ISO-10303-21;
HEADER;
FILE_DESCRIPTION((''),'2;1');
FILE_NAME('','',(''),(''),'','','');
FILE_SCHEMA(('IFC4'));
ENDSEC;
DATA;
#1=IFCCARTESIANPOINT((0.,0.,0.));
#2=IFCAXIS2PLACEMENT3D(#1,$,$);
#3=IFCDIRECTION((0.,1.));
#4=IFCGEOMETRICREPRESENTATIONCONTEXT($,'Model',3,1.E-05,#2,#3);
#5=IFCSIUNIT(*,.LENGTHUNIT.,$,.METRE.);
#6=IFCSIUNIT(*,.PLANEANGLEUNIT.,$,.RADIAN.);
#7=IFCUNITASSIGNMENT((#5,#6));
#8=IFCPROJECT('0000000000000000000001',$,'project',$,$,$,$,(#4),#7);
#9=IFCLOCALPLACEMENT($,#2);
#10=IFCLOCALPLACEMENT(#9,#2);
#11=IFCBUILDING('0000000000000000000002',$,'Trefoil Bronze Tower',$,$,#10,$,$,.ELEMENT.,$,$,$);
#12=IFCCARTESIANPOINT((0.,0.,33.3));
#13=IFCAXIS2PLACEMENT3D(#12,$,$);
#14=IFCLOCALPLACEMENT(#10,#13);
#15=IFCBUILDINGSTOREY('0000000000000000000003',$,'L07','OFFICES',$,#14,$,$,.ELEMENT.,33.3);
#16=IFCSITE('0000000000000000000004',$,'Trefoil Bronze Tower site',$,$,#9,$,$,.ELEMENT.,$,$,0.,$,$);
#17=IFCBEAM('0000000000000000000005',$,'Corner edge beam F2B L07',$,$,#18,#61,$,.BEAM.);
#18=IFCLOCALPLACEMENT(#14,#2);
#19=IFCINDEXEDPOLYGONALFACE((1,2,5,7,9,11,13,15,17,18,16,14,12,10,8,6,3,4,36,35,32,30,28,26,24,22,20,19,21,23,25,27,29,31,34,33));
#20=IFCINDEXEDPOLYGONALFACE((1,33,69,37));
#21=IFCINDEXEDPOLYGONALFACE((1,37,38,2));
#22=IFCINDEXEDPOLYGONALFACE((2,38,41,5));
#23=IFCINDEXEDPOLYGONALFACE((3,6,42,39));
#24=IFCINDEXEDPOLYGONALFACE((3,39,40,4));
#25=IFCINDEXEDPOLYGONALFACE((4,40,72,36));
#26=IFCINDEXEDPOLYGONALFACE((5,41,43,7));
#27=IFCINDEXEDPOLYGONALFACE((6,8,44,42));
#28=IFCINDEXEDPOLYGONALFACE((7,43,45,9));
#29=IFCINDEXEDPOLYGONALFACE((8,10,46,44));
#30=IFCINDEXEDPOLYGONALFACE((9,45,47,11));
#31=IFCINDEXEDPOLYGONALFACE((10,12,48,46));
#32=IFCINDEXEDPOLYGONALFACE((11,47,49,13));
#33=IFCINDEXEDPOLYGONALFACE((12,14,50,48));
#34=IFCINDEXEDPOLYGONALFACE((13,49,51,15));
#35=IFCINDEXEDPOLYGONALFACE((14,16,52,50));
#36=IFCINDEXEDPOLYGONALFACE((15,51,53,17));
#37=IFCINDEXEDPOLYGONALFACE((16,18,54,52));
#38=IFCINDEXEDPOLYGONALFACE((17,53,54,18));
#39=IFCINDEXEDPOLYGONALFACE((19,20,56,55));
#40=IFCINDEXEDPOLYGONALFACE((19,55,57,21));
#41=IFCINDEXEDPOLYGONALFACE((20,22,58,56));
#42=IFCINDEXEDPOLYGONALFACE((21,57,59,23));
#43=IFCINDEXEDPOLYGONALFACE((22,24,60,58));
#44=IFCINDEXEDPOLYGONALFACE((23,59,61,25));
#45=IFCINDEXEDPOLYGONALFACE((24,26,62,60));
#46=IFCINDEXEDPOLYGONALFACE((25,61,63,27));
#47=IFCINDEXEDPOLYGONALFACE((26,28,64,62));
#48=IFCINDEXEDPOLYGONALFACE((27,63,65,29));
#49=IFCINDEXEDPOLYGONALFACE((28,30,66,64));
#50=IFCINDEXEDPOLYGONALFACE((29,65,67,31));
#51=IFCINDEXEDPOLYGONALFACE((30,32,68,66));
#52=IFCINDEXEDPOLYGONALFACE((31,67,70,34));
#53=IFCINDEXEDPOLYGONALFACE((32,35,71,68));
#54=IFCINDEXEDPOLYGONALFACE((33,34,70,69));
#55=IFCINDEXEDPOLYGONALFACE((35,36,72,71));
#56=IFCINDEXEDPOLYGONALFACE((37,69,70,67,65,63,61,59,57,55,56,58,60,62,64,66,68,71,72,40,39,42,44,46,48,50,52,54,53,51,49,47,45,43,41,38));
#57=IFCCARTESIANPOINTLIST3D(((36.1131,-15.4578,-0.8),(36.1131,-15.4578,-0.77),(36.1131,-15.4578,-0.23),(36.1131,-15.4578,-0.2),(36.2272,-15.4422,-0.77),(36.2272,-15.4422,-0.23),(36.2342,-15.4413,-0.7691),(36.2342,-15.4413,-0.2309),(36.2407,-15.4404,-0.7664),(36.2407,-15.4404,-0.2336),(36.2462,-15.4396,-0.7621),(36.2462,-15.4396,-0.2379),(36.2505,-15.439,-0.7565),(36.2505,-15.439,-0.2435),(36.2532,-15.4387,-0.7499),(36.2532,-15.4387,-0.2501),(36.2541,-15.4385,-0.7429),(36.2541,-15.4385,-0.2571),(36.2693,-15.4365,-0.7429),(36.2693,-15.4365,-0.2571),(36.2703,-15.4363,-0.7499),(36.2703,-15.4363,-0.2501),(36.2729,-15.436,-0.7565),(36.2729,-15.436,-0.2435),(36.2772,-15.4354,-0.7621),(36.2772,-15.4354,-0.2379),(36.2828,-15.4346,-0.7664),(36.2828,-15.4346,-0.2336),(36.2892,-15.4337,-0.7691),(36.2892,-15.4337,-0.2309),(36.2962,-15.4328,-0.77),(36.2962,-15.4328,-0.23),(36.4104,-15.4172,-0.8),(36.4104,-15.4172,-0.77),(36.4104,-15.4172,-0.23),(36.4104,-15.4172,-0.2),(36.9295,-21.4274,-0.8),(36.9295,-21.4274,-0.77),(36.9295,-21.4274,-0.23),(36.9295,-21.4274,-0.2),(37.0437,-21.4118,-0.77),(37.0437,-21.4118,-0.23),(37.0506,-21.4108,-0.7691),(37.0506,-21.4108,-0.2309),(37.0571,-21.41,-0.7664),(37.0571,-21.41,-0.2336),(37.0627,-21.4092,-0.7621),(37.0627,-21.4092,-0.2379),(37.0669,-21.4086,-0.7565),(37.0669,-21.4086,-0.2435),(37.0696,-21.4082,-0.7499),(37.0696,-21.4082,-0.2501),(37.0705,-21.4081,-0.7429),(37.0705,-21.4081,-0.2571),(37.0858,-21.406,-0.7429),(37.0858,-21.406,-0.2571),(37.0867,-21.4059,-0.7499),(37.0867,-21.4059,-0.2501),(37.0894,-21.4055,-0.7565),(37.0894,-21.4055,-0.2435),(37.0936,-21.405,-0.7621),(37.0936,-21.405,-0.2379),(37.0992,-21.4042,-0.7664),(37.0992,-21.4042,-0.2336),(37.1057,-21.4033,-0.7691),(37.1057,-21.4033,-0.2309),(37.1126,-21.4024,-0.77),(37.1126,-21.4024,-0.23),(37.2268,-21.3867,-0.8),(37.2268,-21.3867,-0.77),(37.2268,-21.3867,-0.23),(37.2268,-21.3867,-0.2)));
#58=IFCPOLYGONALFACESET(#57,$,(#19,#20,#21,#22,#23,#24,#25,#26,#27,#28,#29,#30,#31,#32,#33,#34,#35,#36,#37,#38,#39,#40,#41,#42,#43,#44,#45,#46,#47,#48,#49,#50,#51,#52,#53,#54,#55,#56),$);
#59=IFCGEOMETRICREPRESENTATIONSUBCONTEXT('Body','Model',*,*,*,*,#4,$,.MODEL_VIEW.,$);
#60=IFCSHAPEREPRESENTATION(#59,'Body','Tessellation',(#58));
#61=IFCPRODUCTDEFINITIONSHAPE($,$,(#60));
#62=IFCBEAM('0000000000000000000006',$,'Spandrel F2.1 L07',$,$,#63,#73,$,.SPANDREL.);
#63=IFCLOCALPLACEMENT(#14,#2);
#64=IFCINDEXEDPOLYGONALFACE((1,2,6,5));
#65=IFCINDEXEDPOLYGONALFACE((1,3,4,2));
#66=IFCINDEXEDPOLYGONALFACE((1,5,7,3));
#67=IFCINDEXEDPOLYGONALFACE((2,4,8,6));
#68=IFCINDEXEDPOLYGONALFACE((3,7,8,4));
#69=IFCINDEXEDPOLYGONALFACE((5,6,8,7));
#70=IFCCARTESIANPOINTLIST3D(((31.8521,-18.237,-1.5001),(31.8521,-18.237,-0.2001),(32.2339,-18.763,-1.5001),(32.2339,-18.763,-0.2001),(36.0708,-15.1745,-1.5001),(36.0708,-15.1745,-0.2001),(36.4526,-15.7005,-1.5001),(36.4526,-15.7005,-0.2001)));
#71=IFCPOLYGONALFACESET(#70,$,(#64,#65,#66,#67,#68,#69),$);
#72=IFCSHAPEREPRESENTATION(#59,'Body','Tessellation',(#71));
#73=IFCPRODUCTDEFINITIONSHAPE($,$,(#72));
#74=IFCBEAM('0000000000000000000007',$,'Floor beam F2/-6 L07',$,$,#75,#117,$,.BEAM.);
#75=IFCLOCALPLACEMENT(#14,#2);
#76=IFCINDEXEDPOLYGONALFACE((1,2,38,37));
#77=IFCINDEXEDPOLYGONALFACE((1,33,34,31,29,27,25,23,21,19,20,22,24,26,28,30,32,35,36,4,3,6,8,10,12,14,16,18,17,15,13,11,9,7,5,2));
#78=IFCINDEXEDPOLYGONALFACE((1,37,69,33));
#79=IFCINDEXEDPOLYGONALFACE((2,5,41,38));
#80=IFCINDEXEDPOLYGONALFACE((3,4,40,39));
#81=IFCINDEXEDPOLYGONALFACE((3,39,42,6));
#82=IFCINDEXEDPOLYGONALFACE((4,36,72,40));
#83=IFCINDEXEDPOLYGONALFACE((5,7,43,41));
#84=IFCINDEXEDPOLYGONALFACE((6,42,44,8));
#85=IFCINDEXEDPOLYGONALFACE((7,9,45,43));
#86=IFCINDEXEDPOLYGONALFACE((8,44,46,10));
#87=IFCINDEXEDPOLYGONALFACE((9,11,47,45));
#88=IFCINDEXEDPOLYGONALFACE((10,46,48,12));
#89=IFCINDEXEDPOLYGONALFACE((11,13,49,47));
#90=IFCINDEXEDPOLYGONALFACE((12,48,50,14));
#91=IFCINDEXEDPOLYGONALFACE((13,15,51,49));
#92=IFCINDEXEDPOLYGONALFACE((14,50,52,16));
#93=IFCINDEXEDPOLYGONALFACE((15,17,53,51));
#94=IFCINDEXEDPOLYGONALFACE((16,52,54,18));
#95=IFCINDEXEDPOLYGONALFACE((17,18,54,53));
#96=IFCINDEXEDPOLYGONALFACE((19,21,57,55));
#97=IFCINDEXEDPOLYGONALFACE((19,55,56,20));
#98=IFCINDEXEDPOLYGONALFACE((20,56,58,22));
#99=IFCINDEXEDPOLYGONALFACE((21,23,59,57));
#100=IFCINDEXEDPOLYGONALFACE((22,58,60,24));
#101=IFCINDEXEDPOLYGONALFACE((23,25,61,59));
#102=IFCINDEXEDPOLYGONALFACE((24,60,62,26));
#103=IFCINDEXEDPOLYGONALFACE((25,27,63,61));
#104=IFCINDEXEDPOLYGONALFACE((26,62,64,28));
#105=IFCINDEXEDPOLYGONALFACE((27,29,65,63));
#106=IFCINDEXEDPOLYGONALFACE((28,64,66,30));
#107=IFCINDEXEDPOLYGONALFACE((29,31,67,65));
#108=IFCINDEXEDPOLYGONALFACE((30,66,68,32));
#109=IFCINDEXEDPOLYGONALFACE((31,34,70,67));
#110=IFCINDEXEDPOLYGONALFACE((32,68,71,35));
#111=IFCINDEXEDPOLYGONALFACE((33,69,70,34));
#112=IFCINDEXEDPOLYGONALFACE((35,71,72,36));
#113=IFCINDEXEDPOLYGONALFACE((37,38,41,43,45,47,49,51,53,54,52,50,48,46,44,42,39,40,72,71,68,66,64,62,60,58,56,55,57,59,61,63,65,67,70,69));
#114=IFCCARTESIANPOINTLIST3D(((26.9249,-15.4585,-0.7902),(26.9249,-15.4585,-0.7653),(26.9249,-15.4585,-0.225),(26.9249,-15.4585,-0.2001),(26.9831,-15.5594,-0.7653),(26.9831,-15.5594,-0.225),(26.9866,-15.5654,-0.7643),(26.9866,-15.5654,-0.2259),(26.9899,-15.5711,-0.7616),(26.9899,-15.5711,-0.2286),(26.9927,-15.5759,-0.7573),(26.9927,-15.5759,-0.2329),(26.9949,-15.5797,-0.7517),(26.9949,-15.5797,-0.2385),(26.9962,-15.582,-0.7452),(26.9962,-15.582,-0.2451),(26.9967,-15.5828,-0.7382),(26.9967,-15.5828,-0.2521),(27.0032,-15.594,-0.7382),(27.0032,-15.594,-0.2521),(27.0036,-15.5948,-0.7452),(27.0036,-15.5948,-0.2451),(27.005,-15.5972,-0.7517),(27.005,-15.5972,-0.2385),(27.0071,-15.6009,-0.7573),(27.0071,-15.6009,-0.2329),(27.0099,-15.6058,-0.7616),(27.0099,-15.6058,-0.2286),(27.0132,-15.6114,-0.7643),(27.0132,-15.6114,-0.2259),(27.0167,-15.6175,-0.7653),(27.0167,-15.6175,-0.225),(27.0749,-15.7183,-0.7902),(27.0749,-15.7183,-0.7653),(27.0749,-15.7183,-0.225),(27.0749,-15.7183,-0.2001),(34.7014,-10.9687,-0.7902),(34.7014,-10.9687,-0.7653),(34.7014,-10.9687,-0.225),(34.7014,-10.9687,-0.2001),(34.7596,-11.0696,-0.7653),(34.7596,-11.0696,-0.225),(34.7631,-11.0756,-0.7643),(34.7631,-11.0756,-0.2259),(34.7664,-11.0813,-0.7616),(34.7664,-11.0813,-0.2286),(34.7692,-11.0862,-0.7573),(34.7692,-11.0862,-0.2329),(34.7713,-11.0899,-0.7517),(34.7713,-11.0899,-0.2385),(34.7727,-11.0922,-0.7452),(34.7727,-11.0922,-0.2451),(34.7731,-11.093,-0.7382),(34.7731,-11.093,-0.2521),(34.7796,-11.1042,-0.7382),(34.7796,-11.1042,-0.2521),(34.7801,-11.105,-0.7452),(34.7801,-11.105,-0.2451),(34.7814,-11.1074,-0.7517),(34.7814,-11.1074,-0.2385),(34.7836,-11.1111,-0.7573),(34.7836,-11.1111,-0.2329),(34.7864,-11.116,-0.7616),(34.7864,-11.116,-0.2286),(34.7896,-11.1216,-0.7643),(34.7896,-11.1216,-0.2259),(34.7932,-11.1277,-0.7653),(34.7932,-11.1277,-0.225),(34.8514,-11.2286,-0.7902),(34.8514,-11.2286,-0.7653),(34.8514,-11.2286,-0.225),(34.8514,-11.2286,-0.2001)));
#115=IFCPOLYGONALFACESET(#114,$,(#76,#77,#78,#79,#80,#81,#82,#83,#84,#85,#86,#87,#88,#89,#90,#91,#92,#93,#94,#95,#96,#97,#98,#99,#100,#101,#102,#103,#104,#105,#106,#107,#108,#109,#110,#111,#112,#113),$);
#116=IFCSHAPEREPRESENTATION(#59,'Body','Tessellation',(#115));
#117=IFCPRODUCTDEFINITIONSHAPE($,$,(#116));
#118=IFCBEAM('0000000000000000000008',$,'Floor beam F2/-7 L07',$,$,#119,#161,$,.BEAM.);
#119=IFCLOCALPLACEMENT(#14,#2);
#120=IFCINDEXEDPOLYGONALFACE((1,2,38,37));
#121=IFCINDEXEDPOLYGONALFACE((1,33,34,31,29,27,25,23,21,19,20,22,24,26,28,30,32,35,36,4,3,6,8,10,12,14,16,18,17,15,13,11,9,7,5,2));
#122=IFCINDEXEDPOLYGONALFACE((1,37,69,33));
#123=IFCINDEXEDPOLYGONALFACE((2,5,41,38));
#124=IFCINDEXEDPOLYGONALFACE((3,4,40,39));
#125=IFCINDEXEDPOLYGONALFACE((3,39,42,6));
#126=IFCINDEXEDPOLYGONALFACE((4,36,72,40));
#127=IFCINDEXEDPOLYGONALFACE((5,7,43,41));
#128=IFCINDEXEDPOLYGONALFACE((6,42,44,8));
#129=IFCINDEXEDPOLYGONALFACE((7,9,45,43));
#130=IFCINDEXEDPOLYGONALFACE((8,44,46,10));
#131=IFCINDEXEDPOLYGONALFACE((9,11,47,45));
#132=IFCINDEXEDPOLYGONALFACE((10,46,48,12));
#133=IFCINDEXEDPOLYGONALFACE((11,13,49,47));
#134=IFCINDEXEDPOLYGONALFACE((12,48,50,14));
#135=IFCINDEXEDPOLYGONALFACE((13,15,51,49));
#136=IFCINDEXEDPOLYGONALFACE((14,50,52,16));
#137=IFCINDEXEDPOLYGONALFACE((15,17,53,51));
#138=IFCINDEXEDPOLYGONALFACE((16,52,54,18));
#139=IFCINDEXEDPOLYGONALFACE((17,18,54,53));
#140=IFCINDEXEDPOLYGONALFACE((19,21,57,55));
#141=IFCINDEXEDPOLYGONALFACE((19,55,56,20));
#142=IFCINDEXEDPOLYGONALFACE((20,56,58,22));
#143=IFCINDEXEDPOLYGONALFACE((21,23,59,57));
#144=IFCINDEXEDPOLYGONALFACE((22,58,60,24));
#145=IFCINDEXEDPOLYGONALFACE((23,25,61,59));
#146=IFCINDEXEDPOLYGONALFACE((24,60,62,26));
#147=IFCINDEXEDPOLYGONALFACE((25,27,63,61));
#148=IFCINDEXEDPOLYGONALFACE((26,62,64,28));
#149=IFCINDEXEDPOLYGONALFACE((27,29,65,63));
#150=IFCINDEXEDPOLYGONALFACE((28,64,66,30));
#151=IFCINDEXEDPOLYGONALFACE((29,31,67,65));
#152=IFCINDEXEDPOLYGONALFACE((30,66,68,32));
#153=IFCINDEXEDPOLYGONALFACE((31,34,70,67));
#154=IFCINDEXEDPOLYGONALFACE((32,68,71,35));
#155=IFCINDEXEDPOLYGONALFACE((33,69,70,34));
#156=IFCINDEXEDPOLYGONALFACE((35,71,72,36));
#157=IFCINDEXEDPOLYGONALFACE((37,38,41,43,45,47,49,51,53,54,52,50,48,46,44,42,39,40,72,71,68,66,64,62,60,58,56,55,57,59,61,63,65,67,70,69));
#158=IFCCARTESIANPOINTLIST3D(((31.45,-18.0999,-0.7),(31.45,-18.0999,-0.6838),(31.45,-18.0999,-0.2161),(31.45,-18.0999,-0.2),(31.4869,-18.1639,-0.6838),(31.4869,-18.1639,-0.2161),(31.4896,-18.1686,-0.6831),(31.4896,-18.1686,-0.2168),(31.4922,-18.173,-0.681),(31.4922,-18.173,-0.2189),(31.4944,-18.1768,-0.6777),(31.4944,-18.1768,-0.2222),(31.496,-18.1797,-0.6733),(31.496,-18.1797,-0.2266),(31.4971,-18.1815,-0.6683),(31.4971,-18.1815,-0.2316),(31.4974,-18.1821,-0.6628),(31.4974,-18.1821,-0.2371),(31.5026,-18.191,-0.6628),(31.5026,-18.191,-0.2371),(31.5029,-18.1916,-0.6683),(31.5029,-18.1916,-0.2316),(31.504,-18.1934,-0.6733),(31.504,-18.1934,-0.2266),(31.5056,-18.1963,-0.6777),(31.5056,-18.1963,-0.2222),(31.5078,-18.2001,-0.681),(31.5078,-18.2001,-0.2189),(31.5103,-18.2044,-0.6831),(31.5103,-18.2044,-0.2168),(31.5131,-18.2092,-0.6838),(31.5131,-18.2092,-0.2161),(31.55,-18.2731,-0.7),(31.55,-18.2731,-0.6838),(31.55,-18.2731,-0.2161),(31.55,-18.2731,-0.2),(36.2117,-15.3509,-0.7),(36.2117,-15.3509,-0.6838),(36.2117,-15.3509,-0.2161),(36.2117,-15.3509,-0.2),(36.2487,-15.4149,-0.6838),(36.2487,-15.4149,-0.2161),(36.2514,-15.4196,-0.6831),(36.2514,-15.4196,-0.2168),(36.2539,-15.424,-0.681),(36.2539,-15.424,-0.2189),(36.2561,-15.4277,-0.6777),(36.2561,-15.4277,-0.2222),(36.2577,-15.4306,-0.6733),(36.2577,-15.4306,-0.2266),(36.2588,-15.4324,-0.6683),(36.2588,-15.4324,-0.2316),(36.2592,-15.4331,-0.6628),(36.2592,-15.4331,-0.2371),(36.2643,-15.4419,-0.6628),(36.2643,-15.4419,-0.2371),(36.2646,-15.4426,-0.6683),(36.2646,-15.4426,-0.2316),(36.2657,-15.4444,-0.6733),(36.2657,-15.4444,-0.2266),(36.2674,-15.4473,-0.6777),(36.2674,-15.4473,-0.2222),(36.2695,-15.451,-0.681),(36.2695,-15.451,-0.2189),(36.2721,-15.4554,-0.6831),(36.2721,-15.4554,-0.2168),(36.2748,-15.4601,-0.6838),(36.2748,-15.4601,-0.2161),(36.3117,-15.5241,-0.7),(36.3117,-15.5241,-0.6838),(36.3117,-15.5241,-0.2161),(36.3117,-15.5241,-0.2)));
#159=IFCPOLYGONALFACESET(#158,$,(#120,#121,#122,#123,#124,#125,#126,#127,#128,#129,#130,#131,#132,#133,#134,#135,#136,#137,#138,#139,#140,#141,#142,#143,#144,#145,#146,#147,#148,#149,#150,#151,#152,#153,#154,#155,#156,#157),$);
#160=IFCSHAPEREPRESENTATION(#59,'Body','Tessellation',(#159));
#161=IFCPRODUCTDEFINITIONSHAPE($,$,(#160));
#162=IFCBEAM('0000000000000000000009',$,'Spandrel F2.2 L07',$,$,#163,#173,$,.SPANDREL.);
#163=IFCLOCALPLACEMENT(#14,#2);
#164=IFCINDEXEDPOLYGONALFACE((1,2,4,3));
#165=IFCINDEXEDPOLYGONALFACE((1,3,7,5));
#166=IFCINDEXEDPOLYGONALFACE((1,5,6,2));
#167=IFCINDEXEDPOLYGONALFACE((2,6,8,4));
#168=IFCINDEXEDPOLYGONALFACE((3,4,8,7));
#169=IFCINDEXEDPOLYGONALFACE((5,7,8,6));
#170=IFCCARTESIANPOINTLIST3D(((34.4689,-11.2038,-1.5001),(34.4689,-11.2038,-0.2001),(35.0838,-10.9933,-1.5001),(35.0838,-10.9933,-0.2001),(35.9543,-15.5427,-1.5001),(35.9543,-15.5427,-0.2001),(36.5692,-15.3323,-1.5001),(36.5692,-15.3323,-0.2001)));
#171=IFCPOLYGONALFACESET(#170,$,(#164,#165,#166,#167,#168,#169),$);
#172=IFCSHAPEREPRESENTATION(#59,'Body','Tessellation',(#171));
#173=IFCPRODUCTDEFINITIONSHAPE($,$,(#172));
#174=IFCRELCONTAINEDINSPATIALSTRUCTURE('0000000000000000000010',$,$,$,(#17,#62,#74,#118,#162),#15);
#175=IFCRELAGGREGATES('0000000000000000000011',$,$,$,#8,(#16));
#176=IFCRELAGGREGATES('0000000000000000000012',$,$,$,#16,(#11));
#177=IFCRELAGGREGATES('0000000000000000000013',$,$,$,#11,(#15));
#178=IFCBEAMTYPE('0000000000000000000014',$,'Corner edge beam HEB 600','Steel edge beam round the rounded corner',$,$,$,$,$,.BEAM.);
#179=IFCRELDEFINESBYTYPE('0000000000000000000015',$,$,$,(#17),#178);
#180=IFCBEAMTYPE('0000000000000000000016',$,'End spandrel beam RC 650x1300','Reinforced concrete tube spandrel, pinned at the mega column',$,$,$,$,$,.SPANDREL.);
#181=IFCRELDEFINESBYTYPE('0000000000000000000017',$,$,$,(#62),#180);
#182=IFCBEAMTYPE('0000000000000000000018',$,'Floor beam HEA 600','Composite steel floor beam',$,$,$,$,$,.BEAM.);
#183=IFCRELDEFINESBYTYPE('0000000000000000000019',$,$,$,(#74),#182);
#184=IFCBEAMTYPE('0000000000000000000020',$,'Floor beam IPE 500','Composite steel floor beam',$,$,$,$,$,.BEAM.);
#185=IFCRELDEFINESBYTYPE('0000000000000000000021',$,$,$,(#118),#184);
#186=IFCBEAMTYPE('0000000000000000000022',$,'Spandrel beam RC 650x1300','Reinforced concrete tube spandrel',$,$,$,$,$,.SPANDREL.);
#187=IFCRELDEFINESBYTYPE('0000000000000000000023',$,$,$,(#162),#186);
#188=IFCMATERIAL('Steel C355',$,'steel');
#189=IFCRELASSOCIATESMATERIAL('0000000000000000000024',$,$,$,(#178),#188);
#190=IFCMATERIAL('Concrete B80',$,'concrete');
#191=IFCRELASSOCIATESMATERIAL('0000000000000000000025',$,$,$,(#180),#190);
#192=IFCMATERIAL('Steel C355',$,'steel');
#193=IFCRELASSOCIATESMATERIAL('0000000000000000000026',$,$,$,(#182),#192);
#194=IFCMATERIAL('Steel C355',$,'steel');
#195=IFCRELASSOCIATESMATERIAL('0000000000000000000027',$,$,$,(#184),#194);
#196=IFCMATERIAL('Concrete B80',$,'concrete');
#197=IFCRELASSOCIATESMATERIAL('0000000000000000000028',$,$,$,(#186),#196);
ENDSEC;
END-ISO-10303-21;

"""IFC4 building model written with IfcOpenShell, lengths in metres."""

from ifc_helpers import new_model, si_unit, direction, frame, origin, origin_2d, place, context, subcontext, project, spatial, rectangle, i_section, extrude, material, material_profile, profile_set, type_object, element, save


model = new_model("IFC4")

# Units and contexts
model_context = context("Model", 3, precision=1e-05, world=origin(), true_north=direction((0.0, 1.0)))
body_context = subcontext(model_context, "Body", "Model", "MODEL_VIEW")
ifc_project = project(units=[si_unit("LENGTHUNIT", "METRE"), si_unit("PLANEANGLEUNIT", "RADIAN")], contexts=[model_context])

# Site, building, storey
site_placement = place(None, origin())
site = spatial("IfcSite", under=ifc_project, at=site_placement, Name="Trefoil Bronze Tower site", CompositionType="ELEMENT", RefElevation=0.0)
building_placement = place(site_placement, origin())
building = spatial("IfcBuilding", under=site, at=building_placement, Name="Trefoil Bronze Tower", CompositionType="ELEMENT")
storey_placement = place(building_placement, frame((0.0, 0.0, 33.3)))
storey = spatial("IfcBuildingStorey", under=building, at=storey_placement, Name="L07", Description="OFFICES", CompositionType="ELEMENT", Elevation=33.3)

# Beams
ifc_material_1 = material(Name="Steel C355", Category="steel")
ifc_material_profile_1 = material_profile(ifc_material_1, i_section(OverallWidth=0.3, OverallDepth=0.6001, WebThickness=0.0154, FlangeThickness=0.03, FilletRadius=0.0271, at=origin_2d()), Name="HEB 600")
ifc_profile_set_1 = profile_set([ifc_material_profile_1], Name="Steel C355")
beam_type_1 = type_object("IfcBeamType", Name="Corner edge beam HEB 600", Description="Steel edge beam round the rounded corner", PredefinedType="BEAM", material=ifc_profile_set_1)
beam_1_placement = place(storey_placement, frame((36.2617, -15.4375, -0.5), z_axis=(0.135502, -0.990777, 0.0), x_axis=(0.990777, 0.135502, 0.0)))
element("IfcBeam", 1, at=beam_1_placement, inside=storey, type_object=beam_type_1, Name="Corner edge beam F2B L07", PredefinedType="BEAM", context=body_context, shape_type="SweptSolid", body=[
    extrude(i_section(OverallWidth=0.3, OverallDepth=0.6001, WebThickness=0.0154, FlangeThickness=0.03, FilletRadius=0.0271, at=origin_2d()), origin(), (0.0, 0.0, 1.0), 6.0251),
])
ifc_material_2 = material(Name="Concrete B80", Category="concrete")
ifc_material_profile_2 = material_profile(ifc_material_2, rectangle(XDim=0.6499, YDim=1.3, at=origin_2d()), Name="RC 650x1300")
ifc_profile_set_2 = profile_set([ifc_material_profile_2], Name="Concrete B80")
beam_type_2 = type_object("IfcBeamType", Name="End spandrel beam RC 650x1300", Description="Reinforced concrete tube spandrel, pinned at the mega column", PredefinedType="SPANDREL", material=ifc_profile_set_2)
beam_2_placement = place(storey_placement, frame((32.043, -18.5, -0.8501), z_axis=(0.809254, 0.587459, 0.0), x_axis=(-0.587459, 0.809254, 0.0)))
element("IfcBeam", 2, at=beam_2_placement, inside=storey, type_object=beam_type_2, Name="Spandrel F2.1 L07", PredefinedType="SPANDREL", context=body_context, shape_type="SweptSolid", body=[
    extrude(rectangle(XDim=0.6499, YDim=1.3, at=origin_2d()), origin(), (0.0, 0.0, 1.0), 5.2131),
])
ifc_material_3 = material(Name="Steel C355", Category="steel")
ifc_material_profile_3 = material_profile(ifc_material_3, i_section(OverallWidth=0.3, OverallDepth=0.5901, WebThickness=0.0129, FlangeThickness=0.0249, FilletRadius=0.0271, at=origin_2d()), Name="HEA 600")
ifc_profile_set_3 = profile_set([ifc_material_profile_3], Name="Steel C355")
beam_type_3 = type_object("IfcBeamType", Name="Floor beam HEA 600", Description="Composite steel floor beam", PredefinedType="BEAM", material=ifc_profile_set_3)
beam_3_placement = place(storey_placement, frame((34.7764, -11.0986, -0.4951), z_axis=(-0.866023, -0.500005, 0.0), x_axis=(0.500005, -0.866023, 0.0)))
element("IfcBeam", 3, at=beam_3_placement, inside=storey, type_object=beam_type_3, Name="Floor beam F2/-6 L07", PredefinedType="BEAM", context=body_context, shape_type="SweptSolid", body=[
    extrude(i_section(OverallWidth=0.3, OverallDepth=0.5901, WebThickness=0.0129, FlangeThickness=0.0249, FilletRadius=0.0271, at=origin_2d()), origin(), (0.0, 0.0, 1.0), 8.9795),
])
ifc_material_4 = material(Name="Steel C355", Category="steel")
ifc_material_profile_4 = material_profile(ifc_material_4, i_section(OverallWidth=0.2, OverallDepth=0.5, WebThickness=0.0103, FlangeThickness=0.0161, FilletRadius=0.021, at=origin_2d()), Name="IPE 500")
ifc_profile_set_4 = profile_set([ifc_material_profile_4], Name="Steel C355")
beam_type_4 = type_object("IfcBeamType", Name="Floor beam IPE 500", Description="Composite steel floor beam", PredefinedType="BEAM", material=ifc_profile_set_4)
beam_4_placement = place(storey_placement, frame((36.2617, -15.4375, -0.45), z_axis=(-0.866038, -0.499979, 0.0), x_axis=(0.499979, -0.866038, 0.0)))
element("IfcBeam", 4, at=beam_4_placement, inside=storey, type_object=beam_type_4, Name="Floor beam F2/-7 L07", PredefinedType="BEAM", context=body_context, shape_type="SweptSolid", body=[
    extrude(i_section(OverallWidth=0.2, OverallDepth=0.5, WebThickness=0.0103, FlangeThickness=0.0161, FilletRadius=0.021, at=origin_2d()), origin(), (0.0, 0.0, 1.0), 5.4983),
])
ifc_material_5 = material(Name="Concrete B80", Category="concrete")
ifc_material_profile_5 = material_profile(ifc_material_5, rectangle(XDim=0.6499, YDim=1.3, at=origin_2d()), Name="RC 650x1300")
ifc_profile_set_5 = profile_set([ifc_material_profile_5], Name="Concrete B80")
beam_type_5 = type_object("IfcBeamType", Name="Spandrel beam RC 650x1300", Description="Reinforced concrete tube spandrel", PredefinedType="SPANDREL", material=ifc_profile_set_5)
beam_5_placement = place(storey_placement, frame((36.2617, -15.4375, -0.8501), z_axis=(-0.323883, 0.946097, 0.0), x_axis=(-0.946097, -0.323883, 0.0)))
element("IfcBeam", 5, at=beam_5_placement, inside=storey, type_object=beam_type_5, Name="Spandrel F2.2 L07", PredefinedType="SPANDREL", context=body_context, shape_type="SweptSolid", body=[
    extrude(rectangle(XDim=0.6499, YDim=1.3, at=origin_2d()), origin(), (0.0, 0.0, 1.0), 4.5862),
])

save(model, "model.ifc")
